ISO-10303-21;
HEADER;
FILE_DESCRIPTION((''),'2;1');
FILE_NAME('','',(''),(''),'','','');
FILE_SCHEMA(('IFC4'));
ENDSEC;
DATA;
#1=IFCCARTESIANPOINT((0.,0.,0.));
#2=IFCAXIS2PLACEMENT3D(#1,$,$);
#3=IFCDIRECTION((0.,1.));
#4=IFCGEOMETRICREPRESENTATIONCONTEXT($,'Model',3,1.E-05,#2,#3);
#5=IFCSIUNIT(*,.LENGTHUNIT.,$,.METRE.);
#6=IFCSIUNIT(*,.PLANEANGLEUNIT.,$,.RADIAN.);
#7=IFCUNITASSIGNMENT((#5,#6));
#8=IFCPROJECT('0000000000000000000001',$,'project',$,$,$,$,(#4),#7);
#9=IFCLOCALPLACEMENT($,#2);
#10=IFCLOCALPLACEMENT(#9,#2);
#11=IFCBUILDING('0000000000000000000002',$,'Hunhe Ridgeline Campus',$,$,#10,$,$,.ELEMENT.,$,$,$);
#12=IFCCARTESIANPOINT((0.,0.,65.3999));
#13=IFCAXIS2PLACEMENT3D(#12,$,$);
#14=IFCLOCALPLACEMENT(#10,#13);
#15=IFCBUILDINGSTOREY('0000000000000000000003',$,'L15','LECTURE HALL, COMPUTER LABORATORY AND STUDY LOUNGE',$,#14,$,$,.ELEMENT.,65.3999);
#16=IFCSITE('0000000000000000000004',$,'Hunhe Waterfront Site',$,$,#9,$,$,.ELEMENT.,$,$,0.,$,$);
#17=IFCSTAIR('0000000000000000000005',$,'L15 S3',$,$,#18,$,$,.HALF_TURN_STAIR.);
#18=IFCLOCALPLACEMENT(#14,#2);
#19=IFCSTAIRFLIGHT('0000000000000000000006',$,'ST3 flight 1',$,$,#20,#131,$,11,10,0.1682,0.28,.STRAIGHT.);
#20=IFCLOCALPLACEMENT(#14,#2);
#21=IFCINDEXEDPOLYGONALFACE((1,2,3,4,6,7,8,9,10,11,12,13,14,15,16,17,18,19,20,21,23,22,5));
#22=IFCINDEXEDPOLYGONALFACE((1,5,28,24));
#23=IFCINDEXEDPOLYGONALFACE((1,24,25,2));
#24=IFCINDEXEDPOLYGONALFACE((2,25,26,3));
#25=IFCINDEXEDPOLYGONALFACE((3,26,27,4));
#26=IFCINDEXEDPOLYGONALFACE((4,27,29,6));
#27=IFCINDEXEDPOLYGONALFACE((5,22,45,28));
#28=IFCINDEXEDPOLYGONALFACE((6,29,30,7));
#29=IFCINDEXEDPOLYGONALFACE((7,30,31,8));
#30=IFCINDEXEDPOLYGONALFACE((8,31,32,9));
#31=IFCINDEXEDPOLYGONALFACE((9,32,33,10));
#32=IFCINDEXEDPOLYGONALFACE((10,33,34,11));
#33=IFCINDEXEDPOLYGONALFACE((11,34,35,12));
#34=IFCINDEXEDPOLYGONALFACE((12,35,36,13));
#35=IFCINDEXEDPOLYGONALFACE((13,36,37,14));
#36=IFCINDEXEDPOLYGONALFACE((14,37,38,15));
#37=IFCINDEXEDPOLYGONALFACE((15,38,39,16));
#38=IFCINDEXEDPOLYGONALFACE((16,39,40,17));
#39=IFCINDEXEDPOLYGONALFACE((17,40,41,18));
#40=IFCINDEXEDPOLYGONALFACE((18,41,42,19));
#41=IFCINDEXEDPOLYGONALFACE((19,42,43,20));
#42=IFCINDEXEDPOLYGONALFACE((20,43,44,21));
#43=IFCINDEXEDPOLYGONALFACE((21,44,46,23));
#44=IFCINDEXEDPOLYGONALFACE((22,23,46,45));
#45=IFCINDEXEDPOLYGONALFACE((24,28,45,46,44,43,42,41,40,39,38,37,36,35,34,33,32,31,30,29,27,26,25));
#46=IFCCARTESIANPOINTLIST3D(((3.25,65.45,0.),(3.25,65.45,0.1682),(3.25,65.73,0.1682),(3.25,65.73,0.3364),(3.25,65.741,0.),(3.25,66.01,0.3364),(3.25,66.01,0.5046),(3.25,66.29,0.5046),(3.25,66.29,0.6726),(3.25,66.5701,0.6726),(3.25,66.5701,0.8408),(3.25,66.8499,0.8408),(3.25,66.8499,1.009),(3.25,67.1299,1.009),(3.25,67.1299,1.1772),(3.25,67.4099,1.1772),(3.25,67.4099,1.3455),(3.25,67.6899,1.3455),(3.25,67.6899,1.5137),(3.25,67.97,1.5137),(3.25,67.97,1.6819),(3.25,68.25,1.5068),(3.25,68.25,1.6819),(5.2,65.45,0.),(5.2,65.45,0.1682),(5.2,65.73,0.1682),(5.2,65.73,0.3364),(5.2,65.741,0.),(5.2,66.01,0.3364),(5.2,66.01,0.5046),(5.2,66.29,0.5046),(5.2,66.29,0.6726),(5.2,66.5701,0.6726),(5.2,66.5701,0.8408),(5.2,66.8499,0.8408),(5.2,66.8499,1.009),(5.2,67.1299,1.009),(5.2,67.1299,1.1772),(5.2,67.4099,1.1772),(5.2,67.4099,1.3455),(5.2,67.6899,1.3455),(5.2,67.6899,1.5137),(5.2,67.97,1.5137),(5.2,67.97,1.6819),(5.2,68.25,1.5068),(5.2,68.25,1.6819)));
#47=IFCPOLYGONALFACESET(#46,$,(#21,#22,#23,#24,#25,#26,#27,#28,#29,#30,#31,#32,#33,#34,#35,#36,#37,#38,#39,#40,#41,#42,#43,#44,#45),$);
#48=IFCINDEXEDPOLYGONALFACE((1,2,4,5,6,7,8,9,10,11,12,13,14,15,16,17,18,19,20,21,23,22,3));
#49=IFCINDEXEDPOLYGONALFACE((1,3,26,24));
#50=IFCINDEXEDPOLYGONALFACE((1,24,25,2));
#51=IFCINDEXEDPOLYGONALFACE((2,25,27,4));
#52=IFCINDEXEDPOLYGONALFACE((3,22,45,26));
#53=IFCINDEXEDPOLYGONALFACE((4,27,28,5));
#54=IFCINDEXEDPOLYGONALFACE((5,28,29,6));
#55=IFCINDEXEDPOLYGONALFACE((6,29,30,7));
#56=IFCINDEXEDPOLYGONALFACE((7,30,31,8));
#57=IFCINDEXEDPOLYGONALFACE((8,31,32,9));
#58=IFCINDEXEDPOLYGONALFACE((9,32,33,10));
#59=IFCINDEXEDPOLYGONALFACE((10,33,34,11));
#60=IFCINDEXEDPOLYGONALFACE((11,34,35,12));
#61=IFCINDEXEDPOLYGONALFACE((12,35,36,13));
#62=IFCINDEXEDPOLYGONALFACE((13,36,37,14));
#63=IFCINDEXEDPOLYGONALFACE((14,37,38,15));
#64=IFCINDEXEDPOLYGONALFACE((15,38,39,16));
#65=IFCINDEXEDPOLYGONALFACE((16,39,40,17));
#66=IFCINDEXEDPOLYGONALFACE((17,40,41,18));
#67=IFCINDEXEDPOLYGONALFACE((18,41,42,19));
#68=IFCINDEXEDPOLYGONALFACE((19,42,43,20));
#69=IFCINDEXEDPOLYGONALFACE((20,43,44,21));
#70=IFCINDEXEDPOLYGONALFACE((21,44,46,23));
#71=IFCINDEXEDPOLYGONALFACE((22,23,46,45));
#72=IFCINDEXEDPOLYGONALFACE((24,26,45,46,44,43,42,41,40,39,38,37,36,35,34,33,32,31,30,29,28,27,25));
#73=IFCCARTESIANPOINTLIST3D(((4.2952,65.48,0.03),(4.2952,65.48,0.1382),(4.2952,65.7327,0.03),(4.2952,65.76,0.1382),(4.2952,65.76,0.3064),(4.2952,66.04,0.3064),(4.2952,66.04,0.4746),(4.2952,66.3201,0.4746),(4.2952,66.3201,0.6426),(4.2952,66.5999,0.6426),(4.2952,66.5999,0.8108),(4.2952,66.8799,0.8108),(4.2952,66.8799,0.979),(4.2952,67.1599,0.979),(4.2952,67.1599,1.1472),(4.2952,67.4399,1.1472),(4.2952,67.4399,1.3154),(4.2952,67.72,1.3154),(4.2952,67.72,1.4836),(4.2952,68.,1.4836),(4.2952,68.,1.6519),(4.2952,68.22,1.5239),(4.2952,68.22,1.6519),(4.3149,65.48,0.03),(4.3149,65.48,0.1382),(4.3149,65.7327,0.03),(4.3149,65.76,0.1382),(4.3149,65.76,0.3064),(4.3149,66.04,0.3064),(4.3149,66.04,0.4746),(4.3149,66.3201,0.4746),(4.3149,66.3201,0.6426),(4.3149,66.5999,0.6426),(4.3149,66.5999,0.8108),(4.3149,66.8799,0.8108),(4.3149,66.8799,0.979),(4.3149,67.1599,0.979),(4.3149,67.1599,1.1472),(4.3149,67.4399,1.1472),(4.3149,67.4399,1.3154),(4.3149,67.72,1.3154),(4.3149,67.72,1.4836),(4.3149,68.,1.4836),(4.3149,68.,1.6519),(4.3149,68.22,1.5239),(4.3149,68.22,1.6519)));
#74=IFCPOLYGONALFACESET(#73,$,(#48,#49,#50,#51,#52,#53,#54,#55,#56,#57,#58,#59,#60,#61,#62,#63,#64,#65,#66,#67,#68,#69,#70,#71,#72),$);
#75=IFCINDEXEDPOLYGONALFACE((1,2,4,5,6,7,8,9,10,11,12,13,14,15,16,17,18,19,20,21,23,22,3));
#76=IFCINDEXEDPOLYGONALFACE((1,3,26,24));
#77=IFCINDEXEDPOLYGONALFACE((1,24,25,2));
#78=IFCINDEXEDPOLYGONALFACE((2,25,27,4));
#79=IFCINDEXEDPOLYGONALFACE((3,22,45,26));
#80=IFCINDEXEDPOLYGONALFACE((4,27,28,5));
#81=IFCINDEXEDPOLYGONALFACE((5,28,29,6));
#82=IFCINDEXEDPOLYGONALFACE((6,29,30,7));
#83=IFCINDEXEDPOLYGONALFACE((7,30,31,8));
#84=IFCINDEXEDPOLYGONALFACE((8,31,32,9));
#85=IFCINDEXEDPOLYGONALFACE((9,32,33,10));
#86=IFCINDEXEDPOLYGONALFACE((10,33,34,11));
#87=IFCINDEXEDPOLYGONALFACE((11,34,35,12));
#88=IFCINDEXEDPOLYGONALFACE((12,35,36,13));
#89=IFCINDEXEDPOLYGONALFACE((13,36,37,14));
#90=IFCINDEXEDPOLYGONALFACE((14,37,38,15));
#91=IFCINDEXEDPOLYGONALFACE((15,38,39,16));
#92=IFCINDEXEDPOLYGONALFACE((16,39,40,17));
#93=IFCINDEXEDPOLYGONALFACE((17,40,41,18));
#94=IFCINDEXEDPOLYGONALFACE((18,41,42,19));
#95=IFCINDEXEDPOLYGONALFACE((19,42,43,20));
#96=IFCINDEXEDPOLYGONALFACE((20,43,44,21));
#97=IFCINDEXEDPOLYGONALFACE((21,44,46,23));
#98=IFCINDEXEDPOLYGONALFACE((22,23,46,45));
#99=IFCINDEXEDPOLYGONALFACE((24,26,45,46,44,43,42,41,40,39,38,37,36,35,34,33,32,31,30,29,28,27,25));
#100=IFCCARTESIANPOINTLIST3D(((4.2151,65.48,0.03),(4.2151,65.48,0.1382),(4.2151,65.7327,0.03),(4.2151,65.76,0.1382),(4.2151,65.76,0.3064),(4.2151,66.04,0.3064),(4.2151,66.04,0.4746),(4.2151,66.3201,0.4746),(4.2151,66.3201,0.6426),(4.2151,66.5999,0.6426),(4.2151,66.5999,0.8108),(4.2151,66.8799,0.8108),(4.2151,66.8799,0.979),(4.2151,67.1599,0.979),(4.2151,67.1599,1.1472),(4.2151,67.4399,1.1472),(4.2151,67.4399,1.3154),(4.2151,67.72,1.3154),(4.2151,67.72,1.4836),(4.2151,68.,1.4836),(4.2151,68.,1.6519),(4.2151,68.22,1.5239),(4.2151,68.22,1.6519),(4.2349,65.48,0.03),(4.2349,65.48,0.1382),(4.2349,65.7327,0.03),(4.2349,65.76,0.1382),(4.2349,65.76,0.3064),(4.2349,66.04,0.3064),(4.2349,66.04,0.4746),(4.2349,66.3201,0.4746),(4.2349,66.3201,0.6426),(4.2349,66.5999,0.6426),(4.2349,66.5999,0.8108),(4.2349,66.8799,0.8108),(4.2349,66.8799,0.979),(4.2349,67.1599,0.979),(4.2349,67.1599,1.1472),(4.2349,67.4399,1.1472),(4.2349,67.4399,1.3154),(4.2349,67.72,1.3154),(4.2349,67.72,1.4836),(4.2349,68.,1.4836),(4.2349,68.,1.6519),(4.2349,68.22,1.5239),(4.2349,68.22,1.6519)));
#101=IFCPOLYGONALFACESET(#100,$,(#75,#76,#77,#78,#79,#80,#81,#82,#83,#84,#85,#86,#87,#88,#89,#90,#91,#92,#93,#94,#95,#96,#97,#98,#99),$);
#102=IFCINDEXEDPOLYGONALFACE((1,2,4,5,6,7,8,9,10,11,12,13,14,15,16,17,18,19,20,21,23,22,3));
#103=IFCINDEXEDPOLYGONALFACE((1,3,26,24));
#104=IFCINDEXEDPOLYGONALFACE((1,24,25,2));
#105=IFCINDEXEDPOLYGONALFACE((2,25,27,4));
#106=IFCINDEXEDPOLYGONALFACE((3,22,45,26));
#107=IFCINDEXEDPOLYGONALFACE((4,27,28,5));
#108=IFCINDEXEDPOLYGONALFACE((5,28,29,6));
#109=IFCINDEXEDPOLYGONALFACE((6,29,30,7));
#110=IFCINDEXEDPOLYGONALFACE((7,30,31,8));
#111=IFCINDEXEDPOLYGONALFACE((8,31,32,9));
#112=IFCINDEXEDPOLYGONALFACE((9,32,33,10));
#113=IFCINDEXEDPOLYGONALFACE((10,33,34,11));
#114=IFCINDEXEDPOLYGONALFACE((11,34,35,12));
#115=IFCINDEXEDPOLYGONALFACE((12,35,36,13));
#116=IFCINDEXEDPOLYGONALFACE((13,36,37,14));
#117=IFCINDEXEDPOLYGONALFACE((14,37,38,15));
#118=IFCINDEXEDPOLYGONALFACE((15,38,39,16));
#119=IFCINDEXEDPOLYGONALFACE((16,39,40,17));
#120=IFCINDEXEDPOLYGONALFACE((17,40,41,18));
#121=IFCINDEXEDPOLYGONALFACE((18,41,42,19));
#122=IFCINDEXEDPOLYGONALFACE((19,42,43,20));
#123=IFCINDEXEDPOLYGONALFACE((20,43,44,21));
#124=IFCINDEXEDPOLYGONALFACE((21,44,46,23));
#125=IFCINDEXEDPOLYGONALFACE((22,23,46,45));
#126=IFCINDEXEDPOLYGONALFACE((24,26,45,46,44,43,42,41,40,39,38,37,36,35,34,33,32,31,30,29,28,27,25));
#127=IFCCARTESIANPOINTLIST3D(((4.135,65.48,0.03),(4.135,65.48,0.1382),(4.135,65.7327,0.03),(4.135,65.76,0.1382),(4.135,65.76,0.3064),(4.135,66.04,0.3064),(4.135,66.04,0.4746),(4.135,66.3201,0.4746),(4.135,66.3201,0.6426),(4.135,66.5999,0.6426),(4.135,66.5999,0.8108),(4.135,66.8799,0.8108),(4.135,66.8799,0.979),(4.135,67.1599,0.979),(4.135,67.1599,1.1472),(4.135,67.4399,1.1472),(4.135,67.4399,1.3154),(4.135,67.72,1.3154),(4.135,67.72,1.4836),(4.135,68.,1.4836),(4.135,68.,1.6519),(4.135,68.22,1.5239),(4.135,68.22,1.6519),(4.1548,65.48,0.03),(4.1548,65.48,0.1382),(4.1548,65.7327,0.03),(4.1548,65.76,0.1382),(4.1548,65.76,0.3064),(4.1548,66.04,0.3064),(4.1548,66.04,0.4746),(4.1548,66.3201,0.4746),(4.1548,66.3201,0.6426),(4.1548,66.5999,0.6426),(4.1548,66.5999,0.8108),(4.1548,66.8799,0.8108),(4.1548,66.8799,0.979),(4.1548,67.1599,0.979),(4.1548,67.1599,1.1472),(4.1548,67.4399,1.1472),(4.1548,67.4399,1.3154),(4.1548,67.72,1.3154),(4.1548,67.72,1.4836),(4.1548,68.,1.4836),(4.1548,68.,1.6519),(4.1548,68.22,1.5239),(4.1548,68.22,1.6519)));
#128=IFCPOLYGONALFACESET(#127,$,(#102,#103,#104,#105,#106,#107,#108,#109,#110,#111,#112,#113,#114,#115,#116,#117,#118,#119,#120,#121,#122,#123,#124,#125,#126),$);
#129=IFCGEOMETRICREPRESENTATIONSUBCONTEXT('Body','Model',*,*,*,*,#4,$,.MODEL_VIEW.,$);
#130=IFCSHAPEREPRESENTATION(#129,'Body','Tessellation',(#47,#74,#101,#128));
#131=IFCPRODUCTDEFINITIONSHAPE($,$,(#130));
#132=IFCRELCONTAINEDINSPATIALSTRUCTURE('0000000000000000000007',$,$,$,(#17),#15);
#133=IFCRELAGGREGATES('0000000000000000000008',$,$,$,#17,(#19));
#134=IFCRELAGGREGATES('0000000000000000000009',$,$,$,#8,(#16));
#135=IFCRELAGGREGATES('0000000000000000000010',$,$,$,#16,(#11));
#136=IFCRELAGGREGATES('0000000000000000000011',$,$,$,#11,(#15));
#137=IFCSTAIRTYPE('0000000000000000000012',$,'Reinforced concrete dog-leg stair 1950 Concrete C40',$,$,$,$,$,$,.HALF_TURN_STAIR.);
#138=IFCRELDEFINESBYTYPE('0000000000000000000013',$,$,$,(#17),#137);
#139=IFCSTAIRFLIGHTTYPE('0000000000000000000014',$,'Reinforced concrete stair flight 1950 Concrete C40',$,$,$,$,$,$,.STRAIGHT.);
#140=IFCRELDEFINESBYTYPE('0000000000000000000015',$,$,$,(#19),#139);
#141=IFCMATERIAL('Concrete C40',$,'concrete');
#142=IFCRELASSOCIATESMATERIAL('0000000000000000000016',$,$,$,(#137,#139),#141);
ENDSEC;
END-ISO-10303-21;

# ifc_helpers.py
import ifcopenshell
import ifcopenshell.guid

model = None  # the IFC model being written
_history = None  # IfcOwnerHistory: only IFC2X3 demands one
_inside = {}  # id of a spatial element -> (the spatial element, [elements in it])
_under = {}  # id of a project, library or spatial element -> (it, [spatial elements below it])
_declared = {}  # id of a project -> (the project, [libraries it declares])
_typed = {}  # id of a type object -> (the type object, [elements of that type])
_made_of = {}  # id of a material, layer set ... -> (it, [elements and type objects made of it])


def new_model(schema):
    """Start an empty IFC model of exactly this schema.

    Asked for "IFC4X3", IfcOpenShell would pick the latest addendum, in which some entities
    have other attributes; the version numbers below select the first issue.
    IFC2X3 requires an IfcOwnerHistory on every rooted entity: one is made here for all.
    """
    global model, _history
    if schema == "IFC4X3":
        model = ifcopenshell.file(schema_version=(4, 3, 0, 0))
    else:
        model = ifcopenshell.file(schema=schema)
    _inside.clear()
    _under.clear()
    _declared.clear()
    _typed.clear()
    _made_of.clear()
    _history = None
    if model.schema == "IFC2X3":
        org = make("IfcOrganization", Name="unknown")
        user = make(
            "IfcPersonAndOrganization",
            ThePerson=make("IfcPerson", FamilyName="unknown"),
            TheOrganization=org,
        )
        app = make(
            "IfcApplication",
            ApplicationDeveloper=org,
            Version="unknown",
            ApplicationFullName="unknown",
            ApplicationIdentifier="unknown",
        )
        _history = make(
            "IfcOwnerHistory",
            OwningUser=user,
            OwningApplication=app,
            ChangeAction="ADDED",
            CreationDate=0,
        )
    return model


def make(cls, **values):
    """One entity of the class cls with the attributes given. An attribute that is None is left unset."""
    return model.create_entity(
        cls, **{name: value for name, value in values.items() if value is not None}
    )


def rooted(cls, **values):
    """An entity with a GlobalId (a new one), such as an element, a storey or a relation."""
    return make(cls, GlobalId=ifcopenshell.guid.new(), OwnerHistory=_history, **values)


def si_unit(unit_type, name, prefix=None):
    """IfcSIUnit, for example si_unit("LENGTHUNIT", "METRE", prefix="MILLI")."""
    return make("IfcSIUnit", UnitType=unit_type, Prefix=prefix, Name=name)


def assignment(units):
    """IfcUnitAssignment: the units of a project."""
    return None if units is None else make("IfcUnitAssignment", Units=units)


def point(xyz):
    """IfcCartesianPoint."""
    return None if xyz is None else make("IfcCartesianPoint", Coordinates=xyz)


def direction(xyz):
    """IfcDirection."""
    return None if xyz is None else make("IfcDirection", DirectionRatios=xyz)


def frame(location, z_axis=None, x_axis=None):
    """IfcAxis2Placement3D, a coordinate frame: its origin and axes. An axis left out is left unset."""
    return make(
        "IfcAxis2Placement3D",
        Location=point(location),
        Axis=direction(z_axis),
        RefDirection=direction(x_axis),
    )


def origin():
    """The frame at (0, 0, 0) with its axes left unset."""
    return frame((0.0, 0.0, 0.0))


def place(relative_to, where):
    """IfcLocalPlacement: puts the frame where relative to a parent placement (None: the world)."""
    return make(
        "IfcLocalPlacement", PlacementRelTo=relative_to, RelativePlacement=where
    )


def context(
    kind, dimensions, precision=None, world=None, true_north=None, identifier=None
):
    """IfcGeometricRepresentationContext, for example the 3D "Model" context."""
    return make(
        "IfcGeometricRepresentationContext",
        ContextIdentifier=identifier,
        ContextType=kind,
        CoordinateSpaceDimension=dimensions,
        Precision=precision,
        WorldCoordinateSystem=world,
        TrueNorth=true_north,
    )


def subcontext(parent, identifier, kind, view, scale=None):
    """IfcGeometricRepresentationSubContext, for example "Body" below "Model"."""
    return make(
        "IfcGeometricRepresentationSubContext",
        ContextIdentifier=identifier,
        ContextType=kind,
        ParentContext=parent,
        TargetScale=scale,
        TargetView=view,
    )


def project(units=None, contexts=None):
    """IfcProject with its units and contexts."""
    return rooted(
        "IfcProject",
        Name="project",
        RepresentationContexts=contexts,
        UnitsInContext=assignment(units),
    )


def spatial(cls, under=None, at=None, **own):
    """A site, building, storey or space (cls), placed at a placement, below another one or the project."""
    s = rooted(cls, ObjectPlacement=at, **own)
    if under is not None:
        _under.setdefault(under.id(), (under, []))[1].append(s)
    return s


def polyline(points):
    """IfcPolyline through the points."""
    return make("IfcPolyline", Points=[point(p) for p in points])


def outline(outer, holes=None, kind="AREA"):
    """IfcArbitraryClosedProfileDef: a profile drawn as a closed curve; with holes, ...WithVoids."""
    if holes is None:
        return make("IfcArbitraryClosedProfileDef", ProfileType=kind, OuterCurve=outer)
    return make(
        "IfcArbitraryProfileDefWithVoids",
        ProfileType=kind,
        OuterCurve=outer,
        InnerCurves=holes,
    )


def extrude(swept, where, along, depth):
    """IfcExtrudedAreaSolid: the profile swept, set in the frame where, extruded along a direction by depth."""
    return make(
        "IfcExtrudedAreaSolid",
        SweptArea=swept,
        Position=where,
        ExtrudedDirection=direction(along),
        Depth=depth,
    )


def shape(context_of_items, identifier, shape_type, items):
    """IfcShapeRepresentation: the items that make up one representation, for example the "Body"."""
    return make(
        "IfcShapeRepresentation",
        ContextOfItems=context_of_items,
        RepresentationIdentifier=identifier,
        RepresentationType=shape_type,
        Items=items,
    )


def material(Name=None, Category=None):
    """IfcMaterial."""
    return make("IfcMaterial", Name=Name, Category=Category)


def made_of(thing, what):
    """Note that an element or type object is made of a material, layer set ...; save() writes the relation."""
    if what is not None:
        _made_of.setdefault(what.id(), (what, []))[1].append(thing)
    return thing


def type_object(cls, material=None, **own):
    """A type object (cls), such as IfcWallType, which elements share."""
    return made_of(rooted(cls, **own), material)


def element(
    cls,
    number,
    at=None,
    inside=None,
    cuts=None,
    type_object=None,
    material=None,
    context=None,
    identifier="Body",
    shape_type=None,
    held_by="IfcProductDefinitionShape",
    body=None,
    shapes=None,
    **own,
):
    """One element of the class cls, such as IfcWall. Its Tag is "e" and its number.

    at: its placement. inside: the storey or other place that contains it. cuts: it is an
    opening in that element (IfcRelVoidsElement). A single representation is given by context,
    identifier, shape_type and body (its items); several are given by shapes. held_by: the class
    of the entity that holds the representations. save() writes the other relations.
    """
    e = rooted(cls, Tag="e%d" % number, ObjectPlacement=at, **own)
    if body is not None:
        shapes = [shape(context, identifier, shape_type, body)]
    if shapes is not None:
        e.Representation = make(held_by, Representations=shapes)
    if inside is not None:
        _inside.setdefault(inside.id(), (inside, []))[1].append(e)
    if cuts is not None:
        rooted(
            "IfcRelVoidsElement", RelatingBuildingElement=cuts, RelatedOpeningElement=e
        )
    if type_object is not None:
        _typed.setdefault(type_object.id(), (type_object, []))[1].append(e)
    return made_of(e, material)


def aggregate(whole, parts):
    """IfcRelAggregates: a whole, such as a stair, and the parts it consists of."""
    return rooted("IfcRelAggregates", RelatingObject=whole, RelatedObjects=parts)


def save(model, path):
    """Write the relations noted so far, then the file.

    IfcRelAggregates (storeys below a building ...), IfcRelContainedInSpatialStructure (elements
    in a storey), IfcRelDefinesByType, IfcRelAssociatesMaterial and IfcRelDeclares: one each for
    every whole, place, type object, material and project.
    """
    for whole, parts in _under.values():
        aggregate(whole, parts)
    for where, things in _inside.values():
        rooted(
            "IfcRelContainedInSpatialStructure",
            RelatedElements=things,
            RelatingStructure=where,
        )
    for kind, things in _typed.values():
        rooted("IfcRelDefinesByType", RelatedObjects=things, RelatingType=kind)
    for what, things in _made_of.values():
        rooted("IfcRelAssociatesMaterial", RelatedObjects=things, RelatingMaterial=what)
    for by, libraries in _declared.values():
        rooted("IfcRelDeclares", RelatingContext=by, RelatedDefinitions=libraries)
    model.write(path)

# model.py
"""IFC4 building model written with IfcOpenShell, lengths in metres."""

from ifc_helpers import new_model, si_unit, direction, frame, origin, place, context, subcontext, project, spatial, polyline, outline, extrude, material, type_object, element, aggregate, save


model = new_model("IFC4")

# Units and contexts
model_context = context("Model", 3, precision=1e-05, world=origin(), true_north=direction((0.0, 1.0)))
body_context = subcontext(model_context, "Body", "Model", "MODEL_VIEW")
ifc_project = project(units=[si_unit("LENGTHUNIT", "METRE"), si_unit("PLANEANGLEUNIT", "RADIAN")], contexts=[model_context])

# Site, building, storey
site_placement = place(None, origin())
site = spatial("IfcSite", under=ifc_project, at=site_placement, Name="Hunhe Waterfront Site", CompositionType="ELEMENT", RefElevation=0.0)
building_placement = place(site_placement, origin())
building = spatial("IfcBuilding", under=site, at=building_placement, Name="Hunhe Ridgeline Campus", CompositionType="ELEMENT")
storey_placement = place(building_placement, frame((0.0, 0.0, 65.3999)))
storey = spatial("IfcBuildingStorey", under=building, at=storey_placement, Name="L15", Description="LECTURE HALL, COMPUTER LABORATORY AND STUDY LOUNGE", CompositionType="ELEMENT", Elevation=65.3999)

# Stair, stair flight
ifc_material_1 = material(Name="Concrete C40", Category="concrete")
stair_type = type_object("IfcStairType", Name="Reinforced concrete dog-leg stair 1950 Concrete C40", PredefinedType="HALF_TURN_STAIR", material=ifc_material_1)
stair_1_placement = place(storey_placement, origin())
stair_1 = element("IfcStair", 1, at=stair_1_placement, inside=storey, type_object=stair_type, Name="L15 S3", PredefinedType="HALF_TURN_STAIR")
stair_flight_type = type_object("IfcStairFlightType", Name="Reinforced concrete stair flight 1950 Concrete C40", PredefinedType="STRAIGHT", material=ifc_material_1)
stair_flight_1_placement = place(storey_placement, frame((4.2251, 65.45, 0.0), z_axis=(0.0, 0.0, 1.0), x_axis=(0.0, 1.0, 0.0)))
stair_flight_1 = element("IfcStairFlight", 2, at=stair_flight_1_placement, type_object=stair_flight_type, Name="ST3 flight 1", NumberOfRisers=11, NumberOfTreads=10, PredefinedType="STRAIGHT", RiserHeight=0.1682, TreadLength=0.28, context=body_context, shape_type="SweptSolid", body=[
    extrude(outline(polyline([(0.0, 0.0), (0.0, 0.1682), (0.28, 0.1682), (0.28, 0.3364), (0.5601, 0.3364), (0.5601, 0.5046), (0.8401, 0.5046), (0.8401, 0.6726), (1.1201, 0.6726), (1.1201, 0.8408), (1.3999, 0.8408), (1.3999, 1.009), (1.6799, 1.009), (1.6799, 1.1772), (1.96, 1.1772), (1.96, 1.3455), (2.24, 1.3455), (2.24, 1.5137), (2.52, 1.5137), (2.52, 1.6819), (2.8, 1.6819), (2.8, 1.8501), (2.8, 1.5068), (0.291, 0.0), (0.0, 0.0)])), frame((0.0, 0.9751, 0.0), z_axis=(0.0, -1.0, 0.0), x_axis=(1.0, 0.0, 0.0)), (0.0, 0.0, 1.0), 1.95),
    extrude(outline(polyline([(0.03, 0.03), (0.03, 0.1382), (0.3101, 0.1382), (0.3101, 0.3064), (0.5901, 0.3064), (0.5901, 0.4746), (0.8701, 0.4746), (0.8701, 0.6426), (1.1499, 0.6426), (1.1499, 0.8108), (1.4299, 0.8108), (1.4299, 0.979), (1.71, 0.979), (1.71, 1.1472), (1.99, 1.1472), (1.99, 1.3154), (2.27, 1.3154), (2.27, 1.4836), (2.55, 1.4836), (2.55, 1.6519), (2.77, 1.6519), (2.77, 1.5239), (0.2827, 0.03), (0.03, 0.03)])), frame((0.0, -0.0701, 0.0), z_axis=(0.0, -1.0, 0.0), x_axis=(1.0, 0.0, 0.0)), (0.0, 0.0, 1.0), 0.0198),
    extrude(outline(polyline([(0.03, 0.03), (0.03, 0.1382), (0.3101, 0.1382), (0.3101, 0.3064), (0.5901, 0.3064), (0.5901, 0.4746), (0.8701, 0.4746), (0.8701, 0.6426), (1.1499, 0.6426), (1.1499, 0.8108), (1.4299, 0.8108), (1.4299, 0.979), (1.71, 0.979), (1.71, 1.1472), (1.99, 1.1472), (1.99, 1.3154), (2.27, 1.3154), (2.27, 1.4836), (2.55, 1.4836), (2.55, 1.6519), (2.77, 1.6519), (2.77, 1.5239), (0.2827, 0.03), (0.03, 0.03)])), frame((0.0, 0.01, 0.0), z_axis=(0.0, -1.0, 0.0), x_axis=(1.0, 0.0, 0.0)), (0.0, 0.0, 1.0), 0.0198),
    extrude(outline(polyline([(0.03, 0.03), (0.03, 0.1382), (0.3101, 0.1382), (0.3101, 0.3064), (0.5901, 0.3064), (0.5901, 0.4746), (0.8701, 0.4746), (0.8701, 0.6426), (1.1499, 0.6426), (1.1499, 0.8108), (1.4299, 0.8108), (1.4299, 0.979), (1.71, 0.979), (1.71, 1.1472), (1.99, 1.1472), (1.99, 1.3154), (2.27, 1.3154), (2.27, 1.4836), (2.55, 1.4836), (2.55, 1.6519), (2.77, 1.6519), (2.77, 1.5239), (0.2827, 0.03), (0.03, 0.03)])), frame((0.0, 0.0901, 0.0), z_axis=(0.0, -1.0, 0.0), x_axis=(1.0, 0.0, 0.0)), (0.0, 0.0, 1.0), 0.0198),
])
aggregate(stair_1, [stair_flight_1])

save(model, "model.ifc")
